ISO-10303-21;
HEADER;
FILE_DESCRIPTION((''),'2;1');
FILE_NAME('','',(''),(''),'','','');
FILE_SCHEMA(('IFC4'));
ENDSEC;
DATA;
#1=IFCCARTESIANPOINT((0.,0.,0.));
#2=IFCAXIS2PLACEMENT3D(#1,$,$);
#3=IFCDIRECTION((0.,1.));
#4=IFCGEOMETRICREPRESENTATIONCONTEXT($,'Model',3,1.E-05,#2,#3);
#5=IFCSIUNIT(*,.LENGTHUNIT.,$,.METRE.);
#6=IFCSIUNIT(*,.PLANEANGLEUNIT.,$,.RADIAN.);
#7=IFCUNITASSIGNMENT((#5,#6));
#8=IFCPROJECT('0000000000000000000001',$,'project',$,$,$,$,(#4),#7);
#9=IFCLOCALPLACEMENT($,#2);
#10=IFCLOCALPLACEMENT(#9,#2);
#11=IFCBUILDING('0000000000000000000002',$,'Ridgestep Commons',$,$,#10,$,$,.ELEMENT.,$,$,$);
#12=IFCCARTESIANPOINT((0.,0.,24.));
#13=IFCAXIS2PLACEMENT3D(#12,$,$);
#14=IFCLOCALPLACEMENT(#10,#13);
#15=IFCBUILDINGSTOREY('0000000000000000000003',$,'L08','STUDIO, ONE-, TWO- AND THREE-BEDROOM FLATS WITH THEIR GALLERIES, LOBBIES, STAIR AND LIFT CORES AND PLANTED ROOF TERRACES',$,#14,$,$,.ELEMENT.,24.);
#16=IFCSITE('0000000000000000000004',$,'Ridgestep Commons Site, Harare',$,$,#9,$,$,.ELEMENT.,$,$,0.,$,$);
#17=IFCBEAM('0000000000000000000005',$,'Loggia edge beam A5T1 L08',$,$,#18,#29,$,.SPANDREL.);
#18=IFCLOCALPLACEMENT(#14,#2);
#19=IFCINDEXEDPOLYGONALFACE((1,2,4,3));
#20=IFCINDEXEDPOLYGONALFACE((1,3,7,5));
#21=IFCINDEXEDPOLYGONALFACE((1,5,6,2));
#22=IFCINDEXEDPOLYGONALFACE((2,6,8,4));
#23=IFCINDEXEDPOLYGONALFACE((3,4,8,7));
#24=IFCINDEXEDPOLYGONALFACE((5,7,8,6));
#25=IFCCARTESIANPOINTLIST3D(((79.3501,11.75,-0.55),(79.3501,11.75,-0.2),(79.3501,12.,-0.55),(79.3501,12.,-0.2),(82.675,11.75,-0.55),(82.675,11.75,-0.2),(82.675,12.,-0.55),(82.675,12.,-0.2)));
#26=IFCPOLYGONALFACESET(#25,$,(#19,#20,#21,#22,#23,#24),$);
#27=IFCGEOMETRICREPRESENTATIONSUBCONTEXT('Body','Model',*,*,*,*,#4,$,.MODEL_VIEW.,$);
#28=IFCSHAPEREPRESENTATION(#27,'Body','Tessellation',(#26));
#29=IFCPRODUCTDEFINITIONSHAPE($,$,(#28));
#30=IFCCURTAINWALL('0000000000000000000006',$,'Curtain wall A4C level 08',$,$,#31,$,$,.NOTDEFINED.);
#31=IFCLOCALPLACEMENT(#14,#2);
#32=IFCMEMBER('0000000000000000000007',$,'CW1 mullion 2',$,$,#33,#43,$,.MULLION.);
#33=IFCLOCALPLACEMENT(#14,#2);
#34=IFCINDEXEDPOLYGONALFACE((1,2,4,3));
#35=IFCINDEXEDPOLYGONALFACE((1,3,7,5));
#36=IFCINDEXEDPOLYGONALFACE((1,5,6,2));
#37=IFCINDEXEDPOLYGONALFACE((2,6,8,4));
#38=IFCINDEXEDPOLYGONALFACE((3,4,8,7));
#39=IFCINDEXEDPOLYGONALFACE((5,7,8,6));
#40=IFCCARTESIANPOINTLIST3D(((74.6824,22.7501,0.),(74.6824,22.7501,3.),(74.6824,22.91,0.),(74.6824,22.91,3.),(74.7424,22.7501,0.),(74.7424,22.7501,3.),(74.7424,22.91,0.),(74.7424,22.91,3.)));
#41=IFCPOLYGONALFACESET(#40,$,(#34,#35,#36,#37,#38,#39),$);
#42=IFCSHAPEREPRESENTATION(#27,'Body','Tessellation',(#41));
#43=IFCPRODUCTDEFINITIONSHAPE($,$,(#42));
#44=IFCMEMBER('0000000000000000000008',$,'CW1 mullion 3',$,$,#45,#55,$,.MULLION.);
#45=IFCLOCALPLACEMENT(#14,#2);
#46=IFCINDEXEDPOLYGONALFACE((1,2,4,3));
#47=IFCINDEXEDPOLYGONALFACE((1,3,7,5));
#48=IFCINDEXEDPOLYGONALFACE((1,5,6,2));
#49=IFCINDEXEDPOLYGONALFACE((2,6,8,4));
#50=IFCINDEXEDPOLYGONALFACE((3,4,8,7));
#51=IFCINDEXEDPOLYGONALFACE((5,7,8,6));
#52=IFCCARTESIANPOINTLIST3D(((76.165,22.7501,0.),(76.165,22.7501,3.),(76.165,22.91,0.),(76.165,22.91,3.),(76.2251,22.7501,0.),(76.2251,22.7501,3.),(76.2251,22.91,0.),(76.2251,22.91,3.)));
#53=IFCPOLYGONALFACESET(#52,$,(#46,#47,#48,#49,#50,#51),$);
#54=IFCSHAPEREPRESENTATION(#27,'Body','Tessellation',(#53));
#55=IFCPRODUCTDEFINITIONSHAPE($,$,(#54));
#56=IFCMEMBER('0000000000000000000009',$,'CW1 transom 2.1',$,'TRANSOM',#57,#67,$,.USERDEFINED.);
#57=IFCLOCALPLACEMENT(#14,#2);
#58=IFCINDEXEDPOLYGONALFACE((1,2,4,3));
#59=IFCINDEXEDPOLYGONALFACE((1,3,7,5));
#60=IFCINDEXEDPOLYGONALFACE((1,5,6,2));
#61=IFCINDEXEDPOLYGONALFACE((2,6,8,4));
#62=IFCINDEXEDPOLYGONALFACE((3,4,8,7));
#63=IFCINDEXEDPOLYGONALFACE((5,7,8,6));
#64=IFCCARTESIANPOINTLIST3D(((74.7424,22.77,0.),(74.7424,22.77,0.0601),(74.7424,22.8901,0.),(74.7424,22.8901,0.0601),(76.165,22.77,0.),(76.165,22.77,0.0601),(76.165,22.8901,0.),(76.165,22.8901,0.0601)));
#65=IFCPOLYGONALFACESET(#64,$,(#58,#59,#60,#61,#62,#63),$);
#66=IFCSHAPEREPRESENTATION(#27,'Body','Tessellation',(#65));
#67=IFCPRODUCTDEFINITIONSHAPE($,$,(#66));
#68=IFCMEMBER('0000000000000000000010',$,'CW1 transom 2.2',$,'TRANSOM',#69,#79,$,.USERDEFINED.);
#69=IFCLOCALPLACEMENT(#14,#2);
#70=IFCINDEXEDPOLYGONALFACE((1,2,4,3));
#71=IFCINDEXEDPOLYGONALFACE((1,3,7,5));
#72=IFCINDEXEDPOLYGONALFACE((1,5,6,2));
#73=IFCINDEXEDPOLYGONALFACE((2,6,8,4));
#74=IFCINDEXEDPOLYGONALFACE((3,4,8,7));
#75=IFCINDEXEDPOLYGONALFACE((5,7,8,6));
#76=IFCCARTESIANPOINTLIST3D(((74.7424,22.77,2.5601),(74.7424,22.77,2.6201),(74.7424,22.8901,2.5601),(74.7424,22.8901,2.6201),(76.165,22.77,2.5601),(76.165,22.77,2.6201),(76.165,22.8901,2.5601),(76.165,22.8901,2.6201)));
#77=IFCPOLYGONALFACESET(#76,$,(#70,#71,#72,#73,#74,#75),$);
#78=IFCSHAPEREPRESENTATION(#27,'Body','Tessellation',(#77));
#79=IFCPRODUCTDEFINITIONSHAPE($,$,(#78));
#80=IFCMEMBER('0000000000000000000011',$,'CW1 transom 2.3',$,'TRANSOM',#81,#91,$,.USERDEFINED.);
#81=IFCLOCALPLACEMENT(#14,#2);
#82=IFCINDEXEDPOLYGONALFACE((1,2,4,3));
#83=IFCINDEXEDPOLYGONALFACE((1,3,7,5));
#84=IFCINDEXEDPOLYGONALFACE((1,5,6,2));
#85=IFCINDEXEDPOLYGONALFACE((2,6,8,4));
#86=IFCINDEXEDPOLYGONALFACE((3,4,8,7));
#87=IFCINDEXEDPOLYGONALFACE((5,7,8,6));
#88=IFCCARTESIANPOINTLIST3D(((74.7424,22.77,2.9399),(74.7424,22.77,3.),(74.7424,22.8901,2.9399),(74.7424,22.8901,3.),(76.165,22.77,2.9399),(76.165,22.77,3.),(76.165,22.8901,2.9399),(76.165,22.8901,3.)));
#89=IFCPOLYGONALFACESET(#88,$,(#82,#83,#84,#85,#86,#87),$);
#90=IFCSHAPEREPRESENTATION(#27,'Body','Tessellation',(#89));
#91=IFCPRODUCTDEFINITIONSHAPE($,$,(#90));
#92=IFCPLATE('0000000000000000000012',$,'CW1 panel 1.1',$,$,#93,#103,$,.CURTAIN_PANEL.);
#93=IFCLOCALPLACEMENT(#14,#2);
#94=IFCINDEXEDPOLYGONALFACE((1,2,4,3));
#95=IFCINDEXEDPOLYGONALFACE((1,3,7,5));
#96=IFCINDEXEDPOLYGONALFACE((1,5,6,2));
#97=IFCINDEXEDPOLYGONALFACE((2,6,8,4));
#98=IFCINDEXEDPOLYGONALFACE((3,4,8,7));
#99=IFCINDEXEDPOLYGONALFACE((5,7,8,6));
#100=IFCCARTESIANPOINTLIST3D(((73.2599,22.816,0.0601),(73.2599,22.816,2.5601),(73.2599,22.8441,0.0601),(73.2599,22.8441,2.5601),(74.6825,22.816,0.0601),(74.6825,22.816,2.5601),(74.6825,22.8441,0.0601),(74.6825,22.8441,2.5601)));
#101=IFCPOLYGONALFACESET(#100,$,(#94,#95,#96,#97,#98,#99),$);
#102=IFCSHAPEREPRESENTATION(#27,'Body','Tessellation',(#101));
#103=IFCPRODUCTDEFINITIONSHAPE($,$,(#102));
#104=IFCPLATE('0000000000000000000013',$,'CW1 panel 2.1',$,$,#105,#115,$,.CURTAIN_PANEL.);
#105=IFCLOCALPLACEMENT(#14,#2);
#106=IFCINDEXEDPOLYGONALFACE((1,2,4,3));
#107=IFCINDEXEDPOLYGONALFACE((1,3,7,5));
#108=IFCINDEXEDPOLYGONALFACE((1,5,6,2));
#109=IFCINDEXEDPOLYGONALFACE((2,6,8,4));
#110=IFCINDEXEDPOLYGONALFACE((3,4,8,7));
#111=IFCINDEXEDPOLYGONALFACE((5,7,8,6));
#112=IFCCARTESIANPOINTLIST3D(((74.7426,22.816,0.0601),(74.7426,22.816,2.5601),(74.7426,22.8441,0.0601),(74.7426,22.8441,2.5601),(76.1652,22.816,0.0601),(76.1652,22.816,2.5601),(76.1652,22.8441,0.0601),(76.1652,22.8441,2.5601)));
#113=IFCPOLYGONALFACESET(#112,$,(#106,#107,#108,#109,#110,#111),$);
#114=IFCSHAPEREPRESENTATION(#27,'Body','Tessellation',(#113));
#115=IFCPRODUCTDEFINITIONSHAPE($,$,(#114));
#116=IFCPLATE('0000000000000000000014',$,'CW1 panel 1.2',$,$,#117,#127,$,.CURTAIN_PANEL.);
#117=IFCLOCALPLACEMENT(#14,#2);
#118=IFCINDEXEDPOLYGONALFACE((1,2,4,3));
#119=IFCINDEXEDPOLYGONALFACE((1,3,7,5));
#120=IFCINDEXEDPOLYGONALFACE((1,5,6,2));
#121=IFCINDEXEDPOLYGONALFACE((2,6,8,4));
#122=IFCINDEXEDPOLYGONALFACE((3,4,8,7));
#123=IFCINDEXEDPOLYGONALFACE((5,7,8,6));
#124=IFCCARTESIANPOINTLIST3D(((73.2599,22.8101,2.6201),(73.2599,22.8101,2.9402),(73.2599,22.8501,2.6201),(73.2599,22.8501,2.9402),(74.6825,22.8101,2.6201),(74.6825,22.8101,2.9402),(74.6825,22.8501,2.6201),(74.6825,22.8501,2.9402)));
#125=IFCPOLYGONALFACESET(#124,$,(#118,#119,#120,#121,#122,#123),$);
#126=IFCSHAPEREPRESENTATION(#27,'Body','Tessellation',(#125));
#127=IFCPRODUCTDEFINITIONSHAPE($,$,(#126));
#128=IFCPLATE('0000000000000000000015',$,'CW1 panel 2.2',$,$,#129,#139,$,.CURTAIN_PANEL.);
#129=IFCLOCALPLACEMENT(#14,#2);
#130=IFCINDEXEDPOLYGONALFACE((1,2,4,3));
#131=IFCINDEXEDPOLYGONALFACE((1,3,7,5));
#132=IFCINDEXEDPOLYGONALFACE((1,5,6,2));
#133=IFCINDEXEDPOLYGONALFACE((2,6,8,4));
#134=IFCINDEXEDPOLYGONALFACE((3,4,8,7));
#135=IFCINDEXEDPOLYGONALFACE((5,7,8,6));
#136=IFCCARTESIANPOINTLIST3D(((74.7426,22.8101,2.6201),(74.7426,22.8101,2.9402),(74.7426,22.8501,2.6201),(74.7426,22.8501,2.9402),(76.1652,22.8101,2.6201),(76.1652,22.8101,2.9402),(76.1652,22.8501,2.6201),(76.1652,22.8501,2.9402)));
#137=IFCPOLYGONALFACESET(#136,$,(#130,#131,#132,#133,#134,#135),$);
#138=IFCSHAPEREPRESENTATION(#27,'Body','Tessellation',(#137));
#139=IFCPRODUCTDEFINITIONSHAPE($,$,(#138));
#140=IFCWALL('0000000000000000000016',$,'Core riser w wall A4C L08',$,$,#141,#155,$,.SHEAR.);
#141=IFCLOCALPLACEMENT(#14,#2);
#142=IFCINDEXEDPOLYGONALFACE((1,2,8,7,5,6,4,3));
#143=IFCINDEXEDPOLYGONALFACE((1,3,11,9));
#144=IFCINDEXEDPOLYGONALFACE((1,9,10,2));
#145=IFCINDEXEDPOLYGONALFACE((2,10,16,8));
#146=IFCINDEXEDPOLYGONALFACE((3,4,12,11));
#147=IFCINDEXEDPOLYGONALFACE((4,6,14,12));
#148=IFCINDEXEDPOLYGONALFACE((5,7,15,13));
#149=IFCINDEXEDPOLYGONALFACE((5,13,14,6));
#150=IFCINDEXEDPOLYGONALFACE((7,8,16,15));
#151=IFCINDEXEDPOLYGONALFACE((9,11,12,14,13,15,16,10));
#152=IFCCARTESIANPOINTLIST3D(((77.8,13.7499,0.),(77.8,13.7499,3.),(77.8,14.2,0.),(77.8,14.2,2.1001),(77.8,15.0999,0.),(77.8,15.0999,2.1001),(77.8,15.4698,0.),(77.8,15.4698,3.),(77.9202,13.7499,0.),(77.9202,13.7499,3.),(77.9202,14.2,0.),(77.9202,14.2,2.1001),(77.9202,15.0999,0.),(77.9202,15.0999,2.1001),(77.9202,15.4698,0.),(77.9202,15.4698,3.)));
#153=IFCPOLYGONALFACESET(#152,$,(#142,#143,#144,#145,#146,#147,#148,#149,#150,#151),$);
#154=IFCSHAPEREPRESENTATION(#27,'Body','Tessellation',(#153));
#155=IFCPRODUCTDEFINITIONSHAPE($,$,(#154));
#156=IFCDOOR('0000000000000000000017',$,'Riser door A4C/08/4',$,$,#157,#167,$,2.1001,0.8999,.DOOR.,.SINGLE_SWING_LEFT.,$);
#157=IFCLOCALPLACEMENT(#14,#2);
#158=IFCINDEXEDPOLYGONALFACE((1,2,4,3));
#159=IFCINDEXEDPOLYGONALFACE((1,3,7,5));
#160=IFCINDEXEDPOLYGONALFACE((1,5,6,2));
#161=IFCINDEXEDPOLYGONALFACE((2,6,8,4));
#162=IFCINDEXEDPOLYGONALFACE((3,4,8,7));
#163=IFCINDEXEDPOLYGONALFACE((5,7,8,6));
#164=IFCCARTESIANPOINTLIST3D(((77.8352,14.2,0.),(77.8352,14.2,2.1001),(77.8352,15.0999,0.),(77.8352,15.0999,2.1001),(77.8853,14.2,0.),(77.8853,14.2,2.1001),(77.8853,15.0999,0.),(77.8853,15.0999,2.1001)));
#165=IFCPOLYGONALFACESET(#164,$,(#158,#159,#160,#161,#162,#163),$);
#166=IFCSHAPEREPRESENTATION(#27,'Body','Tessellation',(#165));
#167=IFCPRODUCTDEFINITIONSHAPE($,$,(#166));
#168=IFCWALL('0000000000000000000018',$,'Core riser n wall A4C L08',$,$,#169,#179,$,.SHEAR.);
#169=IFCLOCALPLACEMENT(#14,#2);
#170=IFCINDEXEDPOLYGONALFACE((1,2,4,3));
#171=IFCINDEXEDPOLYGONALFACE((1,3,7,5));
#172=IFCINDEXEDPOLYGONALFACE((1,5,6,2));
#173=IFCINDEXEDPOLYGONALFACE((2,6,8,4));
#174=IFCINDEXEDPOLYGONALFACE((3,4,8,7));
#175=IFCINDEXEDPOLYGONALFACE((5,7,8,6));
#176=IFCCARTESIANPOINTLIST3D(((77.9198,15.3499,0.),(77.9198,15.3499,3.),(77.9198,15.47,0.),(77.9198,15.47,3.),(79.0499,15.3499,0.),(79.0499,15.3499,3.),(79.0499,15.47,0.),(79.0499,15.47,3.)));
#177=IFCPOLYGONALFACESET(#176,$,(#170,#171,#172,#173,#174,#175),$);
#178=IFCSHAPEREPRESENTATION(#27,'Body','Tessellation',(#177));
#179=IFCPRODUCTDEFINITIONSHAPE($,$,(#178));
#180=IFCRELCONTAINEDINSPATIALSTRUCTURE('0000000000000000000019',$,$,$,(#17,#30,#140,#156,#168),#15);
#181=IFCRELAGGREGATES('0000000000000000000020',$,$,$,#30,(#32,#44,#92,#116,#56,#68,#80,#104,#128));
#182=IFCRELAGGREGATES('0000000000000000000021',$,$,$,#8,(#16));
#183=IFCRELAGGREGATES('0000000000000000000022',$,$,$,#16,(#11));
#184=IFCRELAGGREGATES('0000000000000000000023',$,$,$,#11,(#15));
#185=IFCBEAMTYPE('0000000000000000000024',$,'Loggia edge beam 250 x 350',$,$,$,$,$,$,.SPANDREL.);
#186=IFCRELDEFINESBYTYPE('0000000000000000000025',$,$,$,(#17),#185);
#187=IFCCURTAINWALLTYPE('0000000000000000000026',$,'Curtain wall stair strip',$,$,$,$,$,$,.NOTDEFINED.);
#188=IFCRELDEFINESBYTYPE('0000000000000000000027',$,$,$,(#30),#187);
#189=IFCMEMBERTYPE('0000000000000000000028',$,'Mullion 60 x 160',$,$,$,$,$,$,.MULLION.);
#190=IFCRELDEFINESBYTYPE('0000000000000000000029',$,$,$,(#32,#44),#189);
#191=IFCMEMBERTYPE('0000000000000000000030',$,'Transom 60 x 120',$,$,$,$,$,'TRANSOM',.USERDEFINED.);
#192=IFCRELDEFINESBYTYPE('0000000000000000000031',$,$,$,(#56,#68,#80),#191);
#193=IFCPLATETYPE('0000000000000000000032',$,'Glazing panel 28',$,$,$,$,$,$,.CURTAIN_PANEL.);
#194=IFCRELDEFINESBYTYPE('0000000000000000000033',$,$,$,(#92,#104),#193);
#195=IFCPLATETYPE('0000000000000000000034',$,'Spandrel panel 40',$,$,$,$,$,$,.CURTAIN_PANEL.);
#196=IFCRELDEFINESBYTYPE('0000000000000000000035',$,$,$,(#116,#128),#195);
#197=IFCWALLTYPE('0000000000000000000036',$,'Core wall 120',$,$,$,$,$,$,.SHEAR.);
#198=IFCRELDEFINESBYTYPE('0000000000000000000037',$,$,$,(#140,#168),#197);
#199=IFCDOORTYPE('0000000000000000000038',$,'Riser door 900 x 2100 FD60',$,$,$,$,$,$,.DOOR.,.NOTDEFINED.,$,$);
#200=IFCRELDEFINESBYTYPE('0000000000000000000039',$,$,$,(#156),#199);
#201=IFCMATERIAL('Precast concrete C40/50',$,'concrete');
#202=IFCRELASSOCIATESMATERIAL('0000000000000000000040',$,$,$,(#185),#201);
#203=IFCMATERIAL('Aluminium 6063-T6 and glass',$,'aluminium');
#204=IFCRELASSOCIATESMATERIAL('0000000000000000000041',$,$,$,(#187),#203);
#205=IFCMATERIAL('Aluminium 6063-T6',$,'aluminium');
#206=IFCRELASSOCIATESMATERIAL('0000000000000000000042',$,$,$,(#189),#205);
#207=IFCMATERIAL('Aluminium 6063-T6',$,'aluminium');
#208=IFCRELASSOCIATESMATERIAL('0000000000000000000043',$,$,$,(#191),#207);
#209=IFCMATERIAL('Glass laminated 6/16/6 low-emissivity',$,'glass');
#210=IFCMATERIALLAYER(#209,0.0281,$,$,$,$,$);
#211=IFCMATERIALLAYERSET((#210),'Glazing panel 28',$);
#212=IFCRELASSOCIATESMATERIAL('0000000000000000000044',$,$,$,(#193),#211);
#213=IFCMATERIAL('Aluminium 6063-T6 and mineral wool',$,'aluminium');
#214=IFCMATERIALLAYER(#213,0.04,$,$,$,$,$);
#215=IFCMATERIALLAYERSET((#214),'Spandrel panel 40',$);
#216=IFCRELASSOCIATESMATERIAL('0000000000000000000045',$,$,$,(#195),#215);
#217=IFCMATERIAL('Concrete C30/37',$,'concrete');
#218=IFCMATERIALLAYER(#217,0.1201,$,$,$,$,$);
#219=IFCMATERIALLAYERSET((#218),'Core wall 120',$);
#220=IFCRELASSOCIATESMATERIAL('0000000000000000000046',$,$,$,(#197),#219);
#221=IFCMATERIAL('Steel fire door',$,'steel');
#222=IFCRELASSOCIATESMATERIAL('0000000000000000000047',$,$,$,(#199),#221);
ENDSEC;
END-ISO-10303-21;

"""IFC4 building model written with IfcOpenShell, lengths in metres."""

from ifc_helpers import new_model, si_unit, direction, frame, frame_2d, origin, origin_2d, place, context, subcontext, project, spatial, rectangle, extrude, material, layer, layer_set, material_profile, profile_set, type_object, element, fill, aggregate, save


model = new_model("IFC4")

# Units and contexts
model_context = context("Model", 3, precision=1e-05, world=origin(), true_north=direction((0.0, 1.0)))
body_context = subcontext(model_context, "Body", "Model", "MODEL_VIEW")
ifc_project = project(units=[si_unit("LENGTHUNIT", "METRE"), si_unit("PLANEANGLEUNIT", "RADIAN")], contexts=[model_context])

# Site, building, storey
site_placement = place(None, origin())
site = spatial("IfcSite", under=ifc_project, at=site_placement, Name="Ridgestep Commons Site, Harare", CompositionType="ELEMENT", RefElevation=0.0)
building_placement = place(site_placement, origin())
building = spatial("IfcBuilding", under=site, at=building_placement, Name="Ridgestep Commons", CompositionType="ELEMENT")
storey_placement = place(building_placement, frame((0.0, 0.0, 24.0)))
storey = spatial("IfcBuildingStorey", under=building, at=storey_placement, Name="L08", Description="STUDIO, ONE-, TWO- AND THREE-BEDROOM FLATS WITH THEIR GALLERIES, LOBBIES, STAIR AND LIFT CORES AND PLANTED ROOF TERRACES", CompositionType="ELEMENT", Elevation=24.0)

# Beam
ifc_material_1 = material(Name="Precast concrete C40/50", Category="concrete")
ifc_material_profile_1 = material_profile(ifc_material_1, rectangle(XDim=0.25, YDim=0.3501, at=origin_2d()), Name="PC 250x350")
ifc_profile_set_1 = profile_set([ifc_material_profile_1], Name="Precast concrete C40/50")
beam_type = type_object("IfcBeamType", Name="Loggia edge beam 250 x 350", PredefinedType="SPANDREL", material=ifc_profile_set_1)
beam_placement = place(storey_placement, frame((79.3501, 11.875, -0.375), z_axis=(1.0, 0.0, 0.0), x_axis=(0.0, 1.0, 0.0)))
element("IfcBeam", 1, at=beam_placement, inside=storey, type_object=beam_type, Name="Loggia edge beam A5T1 L08", PredefinedType="SPANDREL", context=body_context, shape_type="SweptSolid", body=[
    extrude(rectangle(XDim=0.25, YDim=0.3501, at=origin_2d()), origin(), (0.0, 0.0, 1.0), 3.325),
])

# Curtain wall, members, plates
ifc_material_2 = material(Name="Aluminium 6063-T6 and glass", Category="aluminium")
curtain_wall_type = type_object("IfcCurtainWallType", Name="Curtain wall stair strip", PredefinedType="NOTDEFINED", material=ifc_material_2)
curtain_wall_placement = place(storey_placement, origin())
curtain_wall = element("IfcCurtainWall", 2, at=curtain_wall_placement, inside=storey, type_object=curtain_wall_type, Name="Curtain wall A4C level 08", PredefinedType="NOTDEFINED")
ifc_material_3 = material(Name="Aluminium 6063-T6", Category="aluminium")
ifc_material_profile_2 = material_profile(ifc_material_3, rectangle(XDim=0.1599, YDim=0.0601, at=origin_2d()), Name="Mullion 60 x 160")
ifc_profile_set_2 = profile_set([ifc_material_profile_2], Name="Aluminium 6063-T6")
member_type_1 = type_object("IfcMemberType", Name="Mullion 60 x 160", PredefinedType="MULLION", material=ifc_profile_set_2)
member_1_placement = place(storey_placement, frame((74.7124, 22.8301, 0.0), z_axis=(0.0, 0.0, 1.0), x_axis=(0.0, 1.0, 0.0)))
member_1 = element("IfcMember", 3, at=member_1_placement, type_object=member_type_1, Name="CW1 mullion 2", PredefinedType="MULLION", context=body_context, shape_type="SweptSolid", body=[
    extrude(rectangle(XDim=0.1599, YDim=0.0601, at=origin_2d()), origin(), (0.0, 0.0, 1.0), 3.0),
])
member_2_placement = place(storey_placement, frame((76.1951, 22.8301, 0.0), z_axis=(0.0, 0.0, 1.0), x_axis=(0.0, 1.0, 0.0)))
member_2 = element("IfcMember", 4, at=member_2_placement, type_object=member_type_1, Name="CW1 mullion 3", PredefinedType="MULLION", context=body_context, shape_type="SweptSolid", body=[
    extrude(rectangle(XDim=0.1599, YDim=0.0601, at=origin_2d()), origin(), (0.0, 0.0, 1.0), 3.0),
])
ifc_material_4 = material(Name="Aluminium 6063-T6", Category="aluminium")
ifc_material_profile_3 = material_profile(ifc_material_4, rectangle(XDim=0.1201, YDim=0.0601, at=origin_2d()), Name="Transom 60 x 120")
ifc_profile_set_3 = profile_set([ifc_material_profile_3], Name="Aluminium 6063-T6")
member_type_2 = type_object("IfcMemberType", Name="Transom 60 x 120", ElementType="TRANSOM", PredefinedType="USERDEFINED", material=ifc_profile_set_3)
member_3_placement = place(storey_placement, frame((74.7424, 22.8301, 0.03), z_axis=(1.0, 0.0, 0.0), x_axis=(0.0, 1.0, 0.0)))
member_3 = element("IfcMember", 5, at=member_3_placement, type_object=member_type_2, Name="CW1 transom 2.1", ObjectType="TRANSOM", PredefinedType="USERDEFINED", context=body_context, shape_type="SweptSolid", body=[
    extrude(rectangle(XDim=0.1201, YDim=0.0601, at=origin_2d()), origin(), (0.0, 0.0, 1.0), 1.4226),
])
member_4_placement = place(storey_placement, frame((74.7424, 22.8301, 2.5901), z_axis=(1.0, 0.0, 0.0), x_axis=(0.0, 1.0, 0.0)))
member_4 = element("IfcMember", 6, at=member_4_placement, type_object=member_type_2, Name="CW1 transom 2.2", ObjectType="TRANSOM", PredefinedType="USERDEFINED", context=body_context, shape_type="SweptSolid", body=[
    extrude(rectangle(XDim=0.1201, YDim=0.0601, at=origin_2d()), origin(), (0.0, 0.0, 1.0), 1.4226),
])
member_5_placement = place(storey_placement, frame((74.7424, 22.8301, 2.97), z_axis=(1.0, 0.0, 0.0), x_axis=(0.0, 1.0, 0.0)))
member_5 = element("IfcMember", 7, at=member_5_placement, type_object=member_type_2, Name="CW1 transom 2.3", ObjectType="TRANSOM", PredefinedType="USERDEFINED", context=body_context, shape_type="SweptSolid", body=[
    extrude(rectangle(XDim=0.1201, YDim=0.0601, at=origin_2d()), origin(), (0.0, 0.0, 1.0), 1.4226),
])
ifc_material_5 = material(Name="Glass laminated 6/16/6 low-emissivity", Category="glass")
ifc_layer_1 = layer(ifc_material_5, 0.0281)
ifc_layer_set_1 = layer_set([ifc_layer_1], Name="Glazing panel 28")
plate_type_1 = type_object("IfcPlateType", Name="Glazing panel 28", PredefinedType="CURTAIN_PANEL", material=ifc_layer_set_1)
plate_1_placement = place(storey_placement, frame((73.9712, 22.8301, 0.0601), z_axis=(0.0, 0.0, 1.0), x_axis=(1.0, 0.0, 0.0)))
plate_1 = element("IfcPlate", 8, at=plate_1_placement, type_object=plate_type_1, Name="CW1 panel 1.1", PredefinedType="CURTAIN_PANEL", context=body_context, shape_type="SweptSolid", body=[
    extrude(rectangle(XDim=1.4226, YDim=0.0281, at=origin_2d()), origin(), (0.0, 0.0, 1.0), 2.5),
])
plate_2_placement = place(storey_placement, frame((75.4539, 22.8301, 0.0601), z_axis=(0.0, 0.0, 1.0), x_axis=(1.0, 0.0, 0.0)))
plate_2 = element("IfcPlate", 9, at=plate_2_placement, type_object=plate_type_1, Name="CW1 panel 2.1", PredefinedType="CURTAIN_PANEL", context=body_context, shape_type="SweptSolid", body=[
    extrude(rectangle(XDim=1.4226, YDim=0.0281, at=origin_2d()), origin(), (0.0, 0.0, 1.0), 2.5),
])
ifc_material_6 = material(Name="Aluminium 6063-T6 and mineral wool", Category="aluminium")
ifc_layer_2 = layer(ifc_material_6, 0.04)
ifc_layer_set_2 = layer_set([ifc_layer_2], Name="Spandrel panel 40")
plate_type_2 = type_object("IfcPlateType", Name="Spandrel panel 40", PredefinedType="CURTAIN_PANEL", material=ifc_layer_set_2)
plate_3_placement = place(storey_placement, frame((73.9712, 22.8301, 2.6201), z_axis=(0.0, 0.0, 1.0), x_axis=(1.0, 0.0, 0.0)))
plate_3 = element("IfcPlate", 10, at=plate_3_placement, type_object=plate_type_2, Name="CW1 panel 1.2", PredefinedType="CURTAIN_PANEL", context=body_context, shape_type="SweptSolid", body=[
    extrude(rectangle(XDim=1.4226, YDim=0.04, at=origin_2d()), origin(), (0.0, 0.0, 1.0), 0.3201),
])
plate_4_placement = place(storey_placement, frame((75.4539, 22.8301, 2.6201), z_axis=(0.0, 0.0, 1.0), x_axis=(1.0, 0.0, 0.0)))
plate_4 = element("IfcPlate", 11, at=plate_4_placement, type_object=plate_type_2, Name="CW1 panel 2.2", PredefinedType="CURTAIN_PANEL", context=body_context, shape_type="SweptSolid", body=[
    extrude(rectangle(XDim=1.4226, YDim=0.04, at=origin_2d()), origin(), (0.0, 0.0, 1.0), 0.3201),
])
aggregate(curtain_wall, [member_1, member_2, plate_1, plate_3, member_3, member_4, member_5, plate_2, plate_4])

# Wall, opening, door
ifc_material_7 = material(Name="Concrete C30/37", Category="concrete")
ifc_layer_3 = layer(ifc_material_7, 0.1201)
ifc_layer_set_3 = layer_set([ifc_layer_3], Name="Core wall 120")
wall_type_1 = type_object("IfcWallType", Name="Core wall 120", PredefinedType="SHEAR", material=ifc_layer_set_3)
wall_1_placement = place(storey_placement, frame((77.8601, 13.75, 0.0), z_axis=(0.0, 0.0, 1.0), x_axis=(0.0, 1.0, 0.0)))
wall_1 = element("IfcWall", 12, at=wall_1_placement, inside=storey, type_object=wall_type_1, Name="Core riser w wall A4C L08", PredefinedType="SHEAR", context=body_context, shape_type="SweptSolid", body=[
    extrude(rectangle(XDim=1.72, YDim=0.1201, at=frame_2d((0.8599, 0.0))), origin(), (0.0, 0.0, 1.0), 3.0),
])
opening_1_placement = place(wall_1_placement, frame((0.45, 0.0, 0.0)))
opening_1 = element("IfcOpeningElement", 13, at=opening_1_placement, cuts=wall_1, PredefinedType="OPENING", context=body_context, shape_type="SweptSolid", body=[
    extrude(rectangle(XDim=0.8999, YDim=2.1001, at=frame_2d((0.45, 1.05))), frame((0.0, 0.0701, 0.0), z_axis=(0.0, -1.0, 0.0), x_axis=(1.0, 0.0, 0.0)), (0.0, 0.0, 1.0), 0.1401),
])
ifc_material_8 = material(Name="Steel fire door", Category="steel")
door_type_1 = type_object("IfcDoorType", Name="Riser door 900 x 2100 FD60", OperationType="NOTDEFINED", PredefinedType="DOOR", material=ifc_material_8)
door_1_placement = place(opening_1_placement, origin())
door_1 = element("IfcDoor", 14, at=door_1_placement, inside=storey, type_object=door_type_1, Name="Riser door A4C/08/4", OperationType="SINGLE_SWING_LEFT", OverallHeight=2.1001, OverallWidth=0.8999, PredefinedType="DOOR", context=body_context, shape_type="SweptSolid", body=[
    extrude(rectangle(XDim=0.8999, YDim=2.1001, at=frame_2d((0.45, 1.05))), frame((0.0, 0.0249, 0.0), z_axis=(0.0, -1.0, 0.0), x_axis=(1.0, 0.0, 0.0)), (0.0, 0.0, 1.0), 0.05),
])
fill(opening_1, door_1)

# Wall
wall_2_placement = place(storey_placement, frame((77.9199, 15.4099, 0.0), z_axis=(0.0, 0.0, 1.0), x_axis=(1.0, 0.0, 0.0)))
element("IfcWall", 15, at=wall_2_placement, inside=storey, type_object=wall_type_1, Name="Core riser n wall A4C L08", PredefinedType="SHEAR", context=body_context, shape_type="SweptSolid", body=[
    extrude(rectangle(XDim=1.1301, YDim=0.1201, at=frame_2d((0.5649, 0.0))), origin(), (0.0, 0.0, 1.0), 3.0),
])

save(model, "model.ifc")
